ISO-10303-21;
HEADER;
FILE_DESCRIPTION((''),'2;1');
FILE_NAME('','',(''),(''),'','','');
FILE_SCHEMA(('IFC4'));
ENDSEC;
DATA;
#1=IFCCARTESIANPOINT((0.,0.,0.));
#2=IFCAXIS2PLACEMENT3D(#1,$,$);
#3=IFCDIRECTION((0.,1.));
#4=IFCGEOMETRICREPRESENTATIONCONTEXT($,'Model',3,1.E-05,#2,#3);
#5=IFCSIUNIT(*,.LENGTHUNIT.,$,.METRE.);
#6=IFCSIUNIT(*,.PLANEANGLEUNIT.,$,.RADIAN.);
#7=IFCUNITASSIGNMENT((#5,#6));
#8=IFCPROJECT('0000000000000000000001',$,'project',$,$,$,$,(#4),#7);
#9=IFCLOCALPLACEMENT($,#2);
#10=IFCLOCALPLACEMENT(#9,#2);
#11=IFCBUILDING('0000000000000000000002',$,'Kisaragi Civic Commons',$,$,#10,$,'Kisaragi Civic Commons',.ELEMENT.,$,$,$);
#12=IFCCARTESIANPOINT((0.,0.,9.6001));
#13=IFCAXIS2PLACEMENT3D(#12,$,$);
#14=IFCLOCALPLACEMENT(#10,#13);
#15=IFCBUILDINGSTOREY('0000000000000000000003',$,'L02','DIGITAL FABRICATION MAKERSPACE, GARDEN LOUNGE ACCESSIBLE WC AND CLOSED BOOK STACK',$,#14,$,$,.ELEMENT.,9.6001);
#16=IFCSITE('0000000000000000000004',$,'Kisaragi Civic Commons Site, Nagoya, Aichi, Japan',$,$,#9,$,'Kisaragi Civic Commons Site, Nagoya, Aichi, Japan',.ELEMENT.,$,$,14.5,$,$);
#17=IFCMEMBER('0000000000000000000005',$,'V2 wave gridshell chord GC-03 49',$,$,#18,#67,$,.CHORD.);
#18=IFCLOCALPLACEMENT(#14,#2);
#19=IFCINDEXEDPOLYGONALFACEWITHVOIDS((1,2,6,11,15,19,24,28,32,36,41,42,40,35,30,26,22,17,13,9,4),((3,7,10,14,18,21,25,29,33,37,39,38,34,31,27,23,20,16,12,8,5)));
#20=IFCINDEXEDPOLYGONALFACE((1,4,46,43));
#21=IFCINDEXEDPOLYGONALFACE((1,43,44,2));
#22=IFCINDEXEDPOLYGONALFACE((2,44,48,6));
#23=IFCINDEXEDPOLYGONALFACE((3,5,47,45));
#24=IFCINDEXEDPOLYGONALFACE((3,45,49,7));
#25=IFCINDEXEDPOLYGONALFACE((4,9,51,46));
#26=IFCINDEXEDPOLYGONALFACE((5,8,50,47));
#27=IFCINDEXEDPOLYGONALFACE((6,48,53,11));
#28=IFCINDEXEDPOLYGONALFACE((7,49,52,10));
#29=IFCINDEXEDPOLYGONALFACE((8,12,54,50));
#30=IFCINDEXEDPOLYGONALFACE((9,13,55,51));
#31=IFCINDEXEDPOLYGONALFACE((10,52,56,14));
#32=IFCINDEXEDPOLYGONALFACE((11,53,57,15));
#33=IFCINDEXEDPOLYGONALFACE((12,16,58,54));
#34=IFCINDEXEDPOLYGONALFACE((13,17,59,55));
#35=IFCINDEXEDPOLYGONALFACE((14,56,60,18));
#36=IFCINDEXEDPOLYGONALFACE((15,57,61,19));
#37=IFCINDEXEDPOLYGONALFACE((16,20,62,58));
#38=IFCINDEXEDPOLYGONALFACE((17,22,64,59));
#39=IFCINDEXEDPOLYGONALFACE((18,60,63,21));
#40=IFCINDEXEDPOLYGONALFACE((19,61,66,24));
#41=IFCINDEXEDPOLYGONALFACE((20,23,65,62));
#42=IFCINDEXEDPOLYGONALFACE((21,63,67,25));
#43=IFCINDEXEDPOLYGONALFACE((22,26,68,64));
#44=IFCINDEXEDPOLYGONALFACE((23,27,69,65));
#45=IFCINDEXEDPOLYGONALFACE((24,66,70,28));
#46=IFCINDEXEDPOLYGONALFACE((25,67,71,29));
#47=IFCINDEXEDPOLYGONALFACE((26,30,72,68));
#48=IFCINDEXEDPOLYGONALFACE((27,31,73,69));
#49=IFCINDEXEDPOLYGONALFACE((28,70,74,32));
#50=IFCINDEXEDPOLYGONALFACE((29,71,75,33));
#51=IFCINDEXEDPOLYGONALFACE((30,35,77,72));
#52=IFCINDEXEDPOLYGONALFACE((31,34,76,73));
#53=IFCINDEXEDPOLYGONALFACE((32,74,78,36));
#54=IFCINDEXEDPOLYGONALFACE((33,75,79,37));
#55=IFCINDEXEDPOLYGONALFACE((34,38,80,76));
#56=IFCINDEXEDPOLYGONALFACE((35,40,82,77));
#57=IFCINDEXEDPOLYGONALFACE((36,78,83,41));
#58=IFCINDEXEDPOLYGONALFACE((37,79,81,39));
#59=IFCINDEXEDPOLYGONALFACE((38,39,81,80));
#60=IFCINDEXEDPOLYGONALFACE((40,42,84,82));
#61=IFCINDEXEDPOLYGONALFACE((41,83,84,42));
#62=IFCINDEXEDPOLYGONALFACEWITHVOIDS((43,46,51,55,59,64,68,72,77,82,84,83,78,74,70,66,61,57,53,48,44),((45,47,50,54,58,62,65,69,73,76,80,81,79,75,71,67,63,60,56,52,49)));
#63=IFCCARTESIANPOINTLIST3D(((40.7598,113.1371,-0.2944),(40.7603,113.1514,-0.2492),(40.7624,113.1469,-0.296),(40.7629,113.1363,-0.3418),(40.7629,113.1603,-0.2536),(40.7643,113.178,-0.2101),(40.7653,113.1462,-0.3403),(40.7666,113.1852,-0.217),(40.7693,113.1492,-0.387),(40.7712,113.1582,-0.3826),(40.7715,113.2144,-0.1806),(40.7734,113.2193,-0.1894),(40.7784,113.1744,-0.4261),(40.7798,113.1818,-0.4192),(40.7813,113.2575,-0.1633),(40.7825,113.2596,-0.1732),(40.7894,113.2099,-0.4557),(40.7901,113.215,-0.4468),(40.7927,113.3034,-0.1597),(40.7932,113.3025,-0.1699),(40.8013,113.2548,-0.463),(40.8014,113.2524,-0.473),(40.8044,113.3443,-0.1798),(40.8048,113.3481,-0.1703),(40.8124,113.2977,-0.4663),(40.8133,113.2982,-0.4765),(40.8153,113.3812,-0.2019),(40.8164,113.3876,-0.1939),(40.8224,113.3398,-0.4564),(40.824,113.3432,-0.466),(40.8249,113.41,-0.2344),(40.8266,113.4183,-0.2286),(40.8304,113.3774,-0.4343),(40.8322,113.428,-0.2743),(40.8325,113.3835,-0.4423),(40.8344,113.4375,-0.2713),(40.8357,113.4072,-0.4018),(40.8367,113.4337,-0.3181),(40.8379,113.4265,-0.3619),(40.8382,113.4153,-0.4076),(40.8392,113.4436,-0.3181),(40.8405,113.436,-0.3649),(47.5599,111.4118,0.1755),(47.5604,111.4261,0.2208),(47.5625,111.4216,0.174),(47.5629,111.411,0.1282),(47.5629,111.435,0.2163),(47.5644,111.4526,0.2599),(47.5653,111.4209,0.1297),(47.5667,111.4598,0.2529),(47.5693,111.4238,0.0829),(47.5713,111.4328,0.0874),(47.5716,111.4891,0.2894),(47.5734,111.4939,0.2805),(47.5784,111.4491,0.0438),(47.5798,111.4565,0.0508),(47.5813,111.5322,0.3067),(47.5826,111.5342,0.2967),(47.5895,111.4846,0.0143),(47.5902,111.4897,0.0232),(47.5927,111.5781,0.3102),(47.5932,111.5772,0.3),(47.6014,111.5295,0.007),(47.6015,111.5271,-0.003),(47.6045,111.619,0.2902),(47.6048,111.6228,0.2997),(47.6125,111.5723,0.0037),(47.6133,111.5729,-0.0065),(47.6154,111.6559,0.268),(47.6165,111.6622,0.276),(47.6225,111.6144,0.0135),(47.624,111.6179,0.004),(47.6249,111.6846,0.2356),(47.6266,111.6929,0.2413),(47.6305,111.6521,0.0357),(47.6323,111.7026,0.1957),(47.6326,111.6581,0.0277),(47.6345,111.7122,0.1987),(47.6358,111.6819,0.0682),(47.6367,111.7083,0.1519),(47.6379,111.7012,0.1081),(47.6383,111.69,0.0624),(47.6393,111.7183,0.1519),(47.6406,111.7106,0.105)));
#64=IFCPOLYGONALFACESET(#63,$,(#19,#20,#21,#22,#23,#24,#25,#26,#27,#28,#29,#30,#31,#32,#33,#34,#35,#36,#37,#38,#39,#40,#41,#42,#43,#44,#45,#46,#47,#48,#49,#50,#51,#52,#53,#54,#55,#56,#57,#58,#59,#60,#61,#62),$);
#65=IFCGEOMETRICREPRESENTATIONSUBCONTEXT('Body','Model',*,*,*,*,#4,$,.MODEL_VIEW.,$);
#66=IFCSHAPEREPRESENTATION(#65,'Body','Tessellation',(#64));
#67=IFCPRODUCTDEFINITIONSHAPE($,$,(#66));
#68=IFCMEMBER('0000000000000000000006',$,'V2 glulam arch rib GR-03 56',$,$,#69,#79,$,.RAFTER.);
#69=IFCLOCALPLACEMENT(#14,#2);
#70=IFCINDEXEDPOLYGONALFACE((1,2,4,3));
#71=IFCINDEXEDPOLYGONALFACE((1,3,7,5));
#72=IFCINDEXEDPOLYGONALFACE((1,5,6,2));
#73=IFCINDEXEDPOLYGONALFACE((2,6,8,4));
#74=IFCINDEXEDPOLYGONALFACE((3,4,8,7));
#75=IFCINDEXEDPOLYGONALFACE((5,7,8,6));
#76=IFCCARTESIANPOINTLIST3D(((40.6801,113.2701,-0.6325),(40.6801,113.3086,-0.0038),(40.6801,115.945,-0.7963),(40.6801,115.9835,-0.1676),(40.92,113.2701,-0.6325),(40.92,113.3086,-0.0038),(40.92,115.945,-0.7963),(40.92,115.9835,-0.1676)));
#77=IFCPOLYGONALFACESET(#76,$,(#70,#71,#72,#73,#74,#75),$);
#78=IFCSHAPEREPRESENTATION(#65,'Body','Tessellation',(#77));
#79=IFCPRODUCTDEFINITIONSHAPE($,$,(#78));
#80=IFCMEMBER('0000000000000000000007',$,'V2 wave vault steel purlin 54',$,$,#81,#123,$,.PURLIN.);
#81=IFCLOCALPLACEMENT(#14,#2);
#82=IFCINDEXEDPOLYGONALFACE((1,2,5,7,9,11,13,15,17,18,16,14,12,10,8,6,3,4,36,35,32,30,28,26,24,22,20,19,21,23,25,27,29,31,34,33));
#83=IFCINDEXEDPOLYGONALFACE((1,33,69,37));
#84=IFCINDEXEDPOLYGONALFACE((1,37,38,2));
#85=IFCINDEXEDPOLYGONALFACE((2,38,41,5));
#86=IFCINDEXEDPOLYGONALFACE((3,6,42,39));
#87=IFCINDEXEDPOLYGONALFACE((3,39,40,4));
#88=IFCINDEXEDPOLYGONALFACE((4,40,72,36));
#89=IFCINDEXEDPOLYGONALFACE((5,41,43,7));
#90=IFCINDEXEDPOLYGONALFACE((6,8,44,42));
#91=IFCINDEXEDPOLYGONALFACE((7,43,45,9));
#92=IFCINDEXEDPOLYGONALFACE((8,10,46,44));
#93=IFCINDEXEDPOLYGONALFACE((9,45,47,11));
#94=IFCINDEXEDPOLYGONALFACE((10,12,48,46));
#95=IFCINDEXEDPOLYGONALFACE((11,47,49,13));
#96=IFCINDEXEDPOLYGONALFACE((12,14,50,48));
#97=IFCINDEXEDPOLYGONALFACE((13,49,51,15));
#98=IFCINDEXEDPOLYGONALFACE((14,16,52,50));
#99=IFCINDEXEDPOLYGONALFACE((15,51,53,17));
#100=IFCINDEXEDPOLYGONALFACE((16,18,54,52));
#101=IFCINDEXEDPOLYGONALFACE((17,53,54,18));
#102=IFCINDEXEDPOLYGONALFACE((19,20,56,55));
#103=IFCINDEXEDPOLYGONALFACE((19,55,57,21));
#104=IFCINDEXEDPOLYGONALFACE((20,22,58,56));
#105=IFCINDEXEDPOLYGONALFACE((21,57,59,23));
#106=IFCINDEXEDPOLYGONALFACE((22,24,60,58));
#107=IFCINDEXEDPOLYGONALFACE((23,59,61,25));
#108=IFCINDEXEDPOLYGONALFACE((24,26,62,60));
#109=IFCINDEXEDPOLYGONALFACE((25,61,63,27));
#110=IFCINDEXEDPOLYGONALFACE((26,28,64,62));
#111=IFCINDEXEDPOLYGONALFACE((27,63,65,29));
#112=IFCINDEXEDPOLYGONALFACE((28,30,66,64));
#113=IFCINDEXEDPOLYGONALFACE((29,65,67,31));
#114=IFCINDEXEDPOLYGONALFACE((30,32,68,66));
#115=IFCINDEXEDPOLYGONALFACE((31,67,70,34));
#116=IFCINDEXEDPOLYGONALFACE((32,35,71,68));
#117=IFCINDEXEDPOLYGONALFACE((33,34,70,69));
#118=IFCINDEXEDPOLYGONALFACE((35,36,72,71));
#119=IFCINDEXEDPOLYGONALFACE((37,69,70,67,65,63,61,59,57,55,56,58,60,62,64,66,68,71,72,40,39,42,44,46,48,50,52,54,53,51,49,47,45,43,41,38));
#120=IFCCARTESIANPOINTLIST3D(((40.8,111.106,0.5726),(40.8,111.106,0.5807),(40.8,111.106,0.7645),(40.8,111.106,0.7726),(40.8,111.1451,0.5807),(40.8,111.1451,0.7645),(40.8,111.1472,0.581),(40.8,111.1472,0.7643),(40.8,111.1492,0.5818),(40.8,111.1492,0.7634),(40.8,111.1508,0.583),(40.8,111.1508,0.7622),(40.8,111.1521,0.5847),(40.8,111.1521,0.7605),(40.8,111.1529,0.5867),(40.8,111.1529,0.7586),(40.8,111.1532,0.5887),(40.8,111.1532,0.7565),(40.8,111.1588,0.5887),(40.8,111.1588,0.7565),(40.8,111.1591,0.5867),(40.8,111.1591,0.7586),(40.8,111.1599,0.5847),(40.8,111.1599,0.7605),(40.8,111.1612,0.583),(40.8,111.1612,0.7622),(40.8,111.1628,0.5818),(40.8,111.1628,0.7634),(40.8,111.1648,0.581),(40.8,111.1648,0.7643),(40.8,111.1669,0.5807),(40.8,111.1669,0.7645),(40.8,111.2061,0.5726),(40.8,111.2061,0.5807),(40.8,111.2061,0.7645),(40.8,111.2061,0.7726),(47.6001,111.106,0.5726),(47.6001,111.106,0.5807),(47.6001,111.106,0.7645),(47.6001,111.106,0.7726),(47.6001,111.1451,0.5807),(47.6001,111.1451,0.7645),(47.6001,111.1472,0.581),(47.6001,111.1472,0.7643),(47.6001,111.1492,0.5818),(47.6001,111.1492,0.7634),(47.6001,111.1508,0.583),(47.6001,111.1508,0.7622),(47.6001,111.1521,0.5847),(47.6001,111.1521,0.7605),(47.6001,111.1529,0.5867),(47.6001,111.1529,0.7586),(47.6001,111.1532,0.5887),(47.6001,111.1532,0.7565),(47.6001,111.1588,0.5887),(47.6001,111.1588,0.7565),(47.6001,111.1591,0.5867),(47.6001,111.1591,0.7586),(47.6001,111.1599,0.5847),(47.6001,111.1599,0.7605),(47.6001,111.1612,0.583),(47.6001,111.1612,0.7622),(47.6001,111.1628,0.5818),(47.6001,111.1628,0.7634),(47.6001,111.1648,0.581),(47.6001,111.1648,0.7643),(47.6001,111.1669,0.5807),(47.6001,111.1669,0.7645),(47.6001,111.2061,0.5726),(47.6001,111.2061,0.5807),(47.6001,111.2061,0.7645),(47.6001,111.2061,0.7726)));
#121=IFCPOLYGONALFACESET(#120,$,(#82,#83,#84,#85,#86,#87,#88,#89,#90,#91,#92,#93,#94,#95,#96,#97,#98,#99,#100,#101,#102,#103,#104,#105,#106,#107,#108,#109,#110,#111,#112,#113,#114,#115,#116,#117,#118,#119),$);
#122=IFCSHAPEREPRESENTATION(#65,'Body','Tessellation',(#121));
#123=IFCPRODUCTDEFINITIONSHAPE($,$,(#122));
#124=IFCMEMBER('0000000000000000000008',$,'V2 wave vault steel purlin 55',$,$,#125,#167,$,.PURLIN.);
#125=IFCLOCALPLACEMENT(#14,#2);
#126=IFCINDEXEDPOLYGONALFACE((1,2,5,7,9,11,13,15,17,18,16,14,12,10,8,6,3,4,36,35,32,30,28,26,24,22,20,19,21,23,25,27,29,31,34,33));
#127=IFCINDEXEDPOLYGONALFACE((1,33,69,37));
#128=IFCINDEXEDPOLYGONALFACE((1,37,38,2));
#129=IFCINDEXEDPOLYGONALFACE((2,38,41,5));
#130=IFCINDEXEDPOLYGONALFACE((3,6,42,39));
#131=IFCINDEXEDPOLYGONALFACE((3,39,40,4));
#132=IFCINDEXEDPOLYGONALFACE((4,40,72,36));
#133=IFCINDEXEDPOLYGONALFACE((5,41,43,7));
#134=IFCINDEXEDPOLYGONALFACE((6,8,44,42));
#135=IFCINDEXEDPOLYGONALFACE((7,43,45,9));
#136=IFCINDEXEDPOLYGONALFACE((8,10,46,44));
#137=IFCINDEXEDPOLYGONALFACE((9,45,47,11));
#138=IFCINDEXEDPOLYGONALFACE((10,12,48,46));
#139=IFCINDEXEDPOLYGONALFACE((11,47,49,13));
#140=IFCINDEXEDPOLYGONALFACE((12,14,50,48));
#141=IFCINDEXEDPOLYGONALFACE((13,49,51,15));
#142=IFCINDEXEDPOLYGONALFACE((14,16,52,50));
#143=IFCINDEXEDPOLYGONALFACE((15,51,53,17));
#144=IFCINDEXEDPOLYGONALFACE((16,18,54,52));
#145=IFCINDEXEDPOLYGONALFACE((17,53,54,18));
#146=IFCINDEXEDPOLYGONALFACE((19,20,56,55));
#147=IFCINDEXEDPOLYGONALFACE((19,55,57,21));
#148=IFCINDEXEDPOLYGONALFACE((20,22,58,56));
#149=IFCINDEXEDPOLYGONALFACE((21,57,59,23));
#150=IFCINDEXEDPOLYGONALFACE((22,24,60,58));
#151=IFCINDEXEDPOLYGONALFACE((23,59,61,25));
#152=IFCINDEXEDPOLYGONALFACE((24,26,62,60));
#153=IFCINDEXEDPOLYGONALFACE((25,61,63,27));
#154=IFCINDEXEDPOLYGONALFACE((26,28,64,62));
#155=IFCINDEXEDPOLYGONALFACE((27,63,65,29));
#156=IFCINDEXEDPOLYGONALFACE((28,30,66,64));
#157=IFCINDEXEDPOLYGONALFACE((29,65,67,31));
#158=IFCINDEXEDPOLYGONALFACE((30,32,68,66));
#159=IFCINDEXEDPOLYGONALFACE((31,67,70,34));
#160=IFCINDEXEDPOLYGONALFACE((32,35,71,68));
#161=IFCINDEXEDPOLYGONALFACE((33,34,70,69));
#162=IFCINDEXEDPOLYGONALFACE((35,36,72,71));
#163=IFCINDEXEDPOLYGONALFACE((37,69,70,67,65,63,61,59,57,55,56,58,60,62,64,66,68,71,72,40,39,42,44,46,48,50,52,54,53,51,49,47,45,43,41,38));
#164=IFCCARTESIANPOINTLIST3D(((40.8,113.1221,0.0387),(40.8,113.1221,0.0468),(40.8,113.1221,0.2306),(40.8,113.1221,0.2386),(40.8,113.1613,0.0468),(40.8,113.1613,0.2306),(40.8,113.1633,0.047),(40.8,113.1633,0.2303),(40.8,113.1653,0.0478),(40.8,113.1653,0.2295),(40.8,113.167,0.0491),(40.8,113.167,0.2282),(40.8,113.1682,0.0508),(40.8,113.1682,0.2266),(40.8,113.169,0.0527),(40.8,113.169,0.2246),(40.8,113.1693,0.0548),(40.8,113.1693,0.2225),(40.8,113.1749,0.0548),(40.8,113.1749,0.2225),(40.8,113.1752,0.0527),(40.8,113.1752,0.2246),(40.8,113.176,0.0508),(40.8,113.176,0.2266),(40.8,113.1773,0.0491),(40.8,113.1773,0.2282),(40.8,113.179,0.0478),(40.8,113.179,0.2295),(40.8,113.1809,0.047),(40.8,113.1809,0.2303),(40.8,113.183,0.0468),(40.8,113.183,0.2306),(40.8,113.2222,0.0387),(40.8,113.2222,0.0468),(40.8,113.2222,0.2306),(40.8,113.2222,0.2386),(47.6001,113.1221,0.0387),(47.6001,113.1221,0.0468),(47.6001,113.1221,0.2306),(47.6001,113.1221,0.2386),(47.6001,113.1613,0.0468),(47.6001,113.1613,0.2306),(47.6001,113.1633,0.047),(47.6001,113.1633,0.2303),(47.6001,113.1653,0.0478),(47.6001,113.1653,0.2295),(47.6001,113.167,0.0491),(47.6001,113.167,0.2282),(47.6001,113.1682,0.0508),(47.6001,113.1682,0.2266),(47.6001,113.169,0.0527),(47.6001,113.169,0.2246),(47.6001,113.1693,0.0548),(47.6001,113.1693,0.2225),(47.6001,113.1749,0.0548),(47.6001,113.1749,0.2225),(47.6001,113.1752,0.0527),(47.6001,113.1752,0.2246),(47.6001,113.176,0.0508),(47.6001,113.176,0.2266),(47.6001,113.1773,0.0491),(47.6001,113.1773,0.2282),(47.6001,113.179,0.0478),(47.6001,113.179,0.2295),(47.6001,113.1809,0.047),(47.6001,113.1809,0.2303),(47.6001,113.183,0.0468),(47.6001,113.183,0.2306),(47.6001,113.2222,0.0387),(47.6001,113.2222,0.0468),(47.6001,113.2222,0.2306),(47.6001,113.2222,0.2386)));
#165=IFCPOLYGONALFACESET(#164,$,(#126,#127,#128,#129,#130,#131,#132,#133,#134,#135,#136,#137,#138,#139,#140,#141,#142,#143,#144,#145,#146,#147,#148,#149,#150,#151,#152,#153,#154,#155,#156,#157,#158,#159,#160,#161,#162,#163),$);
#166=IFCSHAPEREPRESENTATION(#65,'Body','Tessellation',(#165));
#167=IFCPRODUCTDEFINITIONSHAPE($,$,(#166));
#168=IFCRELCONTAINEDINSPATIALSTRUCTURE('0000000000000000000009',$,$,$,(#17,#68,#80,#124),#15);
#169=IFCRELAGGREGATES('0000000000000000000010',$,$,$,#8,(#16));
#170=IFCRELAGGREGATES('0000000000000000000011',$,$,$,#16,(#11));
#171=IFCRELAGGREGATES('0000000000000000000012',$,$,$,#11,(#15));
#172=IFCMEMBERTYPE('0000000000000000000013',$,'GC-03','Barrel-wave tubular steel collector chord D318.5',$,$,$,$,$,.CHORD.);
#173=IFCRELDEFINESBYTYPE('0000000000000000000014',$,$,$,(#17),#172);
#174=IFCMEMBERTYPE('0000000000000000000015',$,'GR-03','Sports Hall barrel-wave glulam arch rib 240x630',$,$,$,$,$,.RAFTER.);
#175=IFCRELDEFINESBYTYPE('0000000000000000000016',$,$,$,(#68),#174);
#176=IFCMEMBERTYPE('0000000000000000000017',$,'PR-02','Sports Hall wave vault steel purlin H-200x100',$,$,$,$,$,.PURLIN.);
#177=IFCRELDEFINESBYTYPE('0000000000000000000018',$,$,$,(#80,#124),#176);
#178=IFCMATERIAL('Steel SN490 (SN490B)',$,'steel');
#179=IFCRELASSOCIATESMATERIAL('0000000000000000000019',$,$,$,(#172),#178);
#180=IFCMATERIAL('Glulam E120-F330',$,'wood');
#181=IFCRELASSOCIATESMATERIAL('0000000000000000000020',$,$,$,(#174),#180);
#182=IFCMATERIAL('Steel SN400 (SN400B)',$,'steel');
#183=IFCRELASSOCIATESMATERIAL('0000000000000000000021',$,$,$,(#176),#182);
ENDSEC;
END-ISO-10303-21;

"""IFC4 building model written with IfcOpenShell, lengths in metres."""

from ifc_helpers import new_model, si_unit, direction, frame, origin, origin_2d, place, context, subcontext, project, spatial, rectangle, hollow_circle, i_section, extrude, material, material_profile, profile_set, type_object, element, save


model = new_model("IFC4")

# Units and contexts
model_context = context("Model", 3, precision=1e-05, world=origin(), true_north=direction((0.0, 1.0)))
body_context = subcontext(model_context, "Body", "Model", "MODEL_VIEW")
ifc_project = project(units=[si_unit("LENGTHUNIT", "METRE"), si_unit("PLANEANGLEUNIT", "RADIAN")], contexts=[model_context])

# Site, building, storey
site_placement = place(None, origin())
site = spatial("IfcSite", under=ifc_project, at=site_placement, Name="Kisaragi Civic Commons Site, Nagoya, Aichi, Japan", LongName="Kisaragi Civic Commons Site, Nagoya, Aichi, Japan", CompositionType="ELEMENT", RefElevation=14.5)
building_placement = place(site_placement, origin())
building = spatial("IfcBuilding", under=site, at=building_placement, Name="Kisaragi Civic Commons", LongName="Kisaragi Civic Commons", CompositionType="ELEMENT")
storey_placement = place(building_placement, frame((0.0, 0.0, 9.6001)))
storey = spatial("IfcBuildingStorey", under=building, at=storey_placement, Name="L02", Description="DIGITAL FABRICATION MAKERSPACE, GARDEN LOUNGE ACCESSIBLE WC AND CLOSED BOOK STACK", CompositionType="ELEMENT", Elevation=9.6001)

# Members
ifc_material_1 = material(Name="Steel SN490 (SN490B)", Category="steel")
ifc_material_profile_1 = material_profile(ifc_material_1, hollow_circle(Radius=0.1592, WallThickness=0.0103, at=origin_2d()), Name="CHS-318.5x10.3", Category="steel")
ifc_profile_set_1 = profile_set([ifc_material_profile_1], Name="Steel SN490 (SN490B)")
member_type_1 = type_object("IfcMemberType", Name="GC-03", Description="Barrel-wave tubular steel collector chord D318.5", PredefinedType="CHORD", material=ifc_profile_set_1)
member_1_placement = place(storey_placement, frame((40.8, 113.2893, -0.3181), z_axis=(0.967119, -0.245382, 0.06684), x_axis=(0.245932, 0.969287, 0.0)))
element("IfcMember", 1, at=member_1_placement, inside=storey, type_object=member_type_1, Name="V2 wave gridshell chord GC-03 49", PredefinedType="CHORD", context=body_context, shape_type="SweptSolid", body=[
    extrude(hollow_circle(Radius=0.1592, WallThickness=0.0103, at=origin_2d()), origin(), (0.0, 0.0, 1.0), 7.0312),
])
ifc_material_2 = material(Name="Glulam E120-F330", Category="wood")
ifc_material_profile_2 = material_profile(ifc_material_2, rectangle(XDim=0.24, YDim=0.6299, at=origin_2d()), Name="GL-240x630", Category="wood")
ifc_profile_set_2 = profile_set([ifc_material_profile_2], Name="Glulam E120-F330")
member_type_2 = type_object("IfcMemberType", Name="GR-03", Description="Sports Hall barrel-wave glulam arch rib 240x630", PredefinedType="RAFTER", material=ifc_profile_set_2)
member_2_placement = place(storey_placement, frame((40.8, 113.2893, -0.3181), z_axis=(0.0, 0.99813, -0.06113), x_axis=(-1.0, 0.0, 0.0)))
element("IfcMember", 2, at=member_2_placement, inside=storey, type_object=member_type_2, Name="V2 glulam arch rib GR-03 56", PredefinedType="RAFTER", context=body_context, shape_type="SweptSolid", body=[
    extrude(rectangle(XDim=0.24, YDim=0.6299, at=origin_2d()), origin(), (0.0, 0.0, 1.0), 2.6799),
])
ifc_material_3 = material(Name="Steel SN400 (SN400B)", Category="steel")
ifc_material_profile_3 = material_profile(ifc_material_3, i_section(OverallWidth=0.1001, OverallDepth=0.2, WebThickness=0.0056, FlangeThickness=0.0081, FilletRadius=0.0081, at=origin_2d()), Name="H-200x100x5.5x8", Category="steel")
ifc_profile_set_3 = profile_set([ifc_material_profile_3], Name="Steel SN400 (SN400B)")
member_type_3 = type_object("IfcMemberType", Name="PR-02", Description="Sports Hall wave vault steel purlin H-200x100", PredefinedType="PURLIN", material=ifc_profile_set_3)
for number, where, z_axis, x_axis, name in (
    (3, (40.8, 111.156, 0.6726), (1.0, 0.0, 0.0), (0.0, 1.0, 0.0), "V2 wave vault steel purlin 54"),
    (4, (40.8, 113.1721, 0.1387), (1.0, 0.0, 0.0), (0.0, 1.0, 0.0), "V2 wave vault steel purlin 55"),
):
    element("IfcMember", number, at=place(storey_placement, frame(where, z_axis=z_axis, x_axis=x_axis)), inside=storey, type_object=member_type_3, Name=name, PredefinedType="PURLIN", context=body_context, shape_type="SweptSolid", body=[
        extrude(i_section(OverallWidth=0.1001, OverallDepth=0.2, WebThickness=0.0056, FlangeThickness=0.0081, FilletRadius=0.0081, at=origin_2d()), origin(), (0.0, 0.0, 1.0), 6.8),
    ])

save(model, "model.ifc")
